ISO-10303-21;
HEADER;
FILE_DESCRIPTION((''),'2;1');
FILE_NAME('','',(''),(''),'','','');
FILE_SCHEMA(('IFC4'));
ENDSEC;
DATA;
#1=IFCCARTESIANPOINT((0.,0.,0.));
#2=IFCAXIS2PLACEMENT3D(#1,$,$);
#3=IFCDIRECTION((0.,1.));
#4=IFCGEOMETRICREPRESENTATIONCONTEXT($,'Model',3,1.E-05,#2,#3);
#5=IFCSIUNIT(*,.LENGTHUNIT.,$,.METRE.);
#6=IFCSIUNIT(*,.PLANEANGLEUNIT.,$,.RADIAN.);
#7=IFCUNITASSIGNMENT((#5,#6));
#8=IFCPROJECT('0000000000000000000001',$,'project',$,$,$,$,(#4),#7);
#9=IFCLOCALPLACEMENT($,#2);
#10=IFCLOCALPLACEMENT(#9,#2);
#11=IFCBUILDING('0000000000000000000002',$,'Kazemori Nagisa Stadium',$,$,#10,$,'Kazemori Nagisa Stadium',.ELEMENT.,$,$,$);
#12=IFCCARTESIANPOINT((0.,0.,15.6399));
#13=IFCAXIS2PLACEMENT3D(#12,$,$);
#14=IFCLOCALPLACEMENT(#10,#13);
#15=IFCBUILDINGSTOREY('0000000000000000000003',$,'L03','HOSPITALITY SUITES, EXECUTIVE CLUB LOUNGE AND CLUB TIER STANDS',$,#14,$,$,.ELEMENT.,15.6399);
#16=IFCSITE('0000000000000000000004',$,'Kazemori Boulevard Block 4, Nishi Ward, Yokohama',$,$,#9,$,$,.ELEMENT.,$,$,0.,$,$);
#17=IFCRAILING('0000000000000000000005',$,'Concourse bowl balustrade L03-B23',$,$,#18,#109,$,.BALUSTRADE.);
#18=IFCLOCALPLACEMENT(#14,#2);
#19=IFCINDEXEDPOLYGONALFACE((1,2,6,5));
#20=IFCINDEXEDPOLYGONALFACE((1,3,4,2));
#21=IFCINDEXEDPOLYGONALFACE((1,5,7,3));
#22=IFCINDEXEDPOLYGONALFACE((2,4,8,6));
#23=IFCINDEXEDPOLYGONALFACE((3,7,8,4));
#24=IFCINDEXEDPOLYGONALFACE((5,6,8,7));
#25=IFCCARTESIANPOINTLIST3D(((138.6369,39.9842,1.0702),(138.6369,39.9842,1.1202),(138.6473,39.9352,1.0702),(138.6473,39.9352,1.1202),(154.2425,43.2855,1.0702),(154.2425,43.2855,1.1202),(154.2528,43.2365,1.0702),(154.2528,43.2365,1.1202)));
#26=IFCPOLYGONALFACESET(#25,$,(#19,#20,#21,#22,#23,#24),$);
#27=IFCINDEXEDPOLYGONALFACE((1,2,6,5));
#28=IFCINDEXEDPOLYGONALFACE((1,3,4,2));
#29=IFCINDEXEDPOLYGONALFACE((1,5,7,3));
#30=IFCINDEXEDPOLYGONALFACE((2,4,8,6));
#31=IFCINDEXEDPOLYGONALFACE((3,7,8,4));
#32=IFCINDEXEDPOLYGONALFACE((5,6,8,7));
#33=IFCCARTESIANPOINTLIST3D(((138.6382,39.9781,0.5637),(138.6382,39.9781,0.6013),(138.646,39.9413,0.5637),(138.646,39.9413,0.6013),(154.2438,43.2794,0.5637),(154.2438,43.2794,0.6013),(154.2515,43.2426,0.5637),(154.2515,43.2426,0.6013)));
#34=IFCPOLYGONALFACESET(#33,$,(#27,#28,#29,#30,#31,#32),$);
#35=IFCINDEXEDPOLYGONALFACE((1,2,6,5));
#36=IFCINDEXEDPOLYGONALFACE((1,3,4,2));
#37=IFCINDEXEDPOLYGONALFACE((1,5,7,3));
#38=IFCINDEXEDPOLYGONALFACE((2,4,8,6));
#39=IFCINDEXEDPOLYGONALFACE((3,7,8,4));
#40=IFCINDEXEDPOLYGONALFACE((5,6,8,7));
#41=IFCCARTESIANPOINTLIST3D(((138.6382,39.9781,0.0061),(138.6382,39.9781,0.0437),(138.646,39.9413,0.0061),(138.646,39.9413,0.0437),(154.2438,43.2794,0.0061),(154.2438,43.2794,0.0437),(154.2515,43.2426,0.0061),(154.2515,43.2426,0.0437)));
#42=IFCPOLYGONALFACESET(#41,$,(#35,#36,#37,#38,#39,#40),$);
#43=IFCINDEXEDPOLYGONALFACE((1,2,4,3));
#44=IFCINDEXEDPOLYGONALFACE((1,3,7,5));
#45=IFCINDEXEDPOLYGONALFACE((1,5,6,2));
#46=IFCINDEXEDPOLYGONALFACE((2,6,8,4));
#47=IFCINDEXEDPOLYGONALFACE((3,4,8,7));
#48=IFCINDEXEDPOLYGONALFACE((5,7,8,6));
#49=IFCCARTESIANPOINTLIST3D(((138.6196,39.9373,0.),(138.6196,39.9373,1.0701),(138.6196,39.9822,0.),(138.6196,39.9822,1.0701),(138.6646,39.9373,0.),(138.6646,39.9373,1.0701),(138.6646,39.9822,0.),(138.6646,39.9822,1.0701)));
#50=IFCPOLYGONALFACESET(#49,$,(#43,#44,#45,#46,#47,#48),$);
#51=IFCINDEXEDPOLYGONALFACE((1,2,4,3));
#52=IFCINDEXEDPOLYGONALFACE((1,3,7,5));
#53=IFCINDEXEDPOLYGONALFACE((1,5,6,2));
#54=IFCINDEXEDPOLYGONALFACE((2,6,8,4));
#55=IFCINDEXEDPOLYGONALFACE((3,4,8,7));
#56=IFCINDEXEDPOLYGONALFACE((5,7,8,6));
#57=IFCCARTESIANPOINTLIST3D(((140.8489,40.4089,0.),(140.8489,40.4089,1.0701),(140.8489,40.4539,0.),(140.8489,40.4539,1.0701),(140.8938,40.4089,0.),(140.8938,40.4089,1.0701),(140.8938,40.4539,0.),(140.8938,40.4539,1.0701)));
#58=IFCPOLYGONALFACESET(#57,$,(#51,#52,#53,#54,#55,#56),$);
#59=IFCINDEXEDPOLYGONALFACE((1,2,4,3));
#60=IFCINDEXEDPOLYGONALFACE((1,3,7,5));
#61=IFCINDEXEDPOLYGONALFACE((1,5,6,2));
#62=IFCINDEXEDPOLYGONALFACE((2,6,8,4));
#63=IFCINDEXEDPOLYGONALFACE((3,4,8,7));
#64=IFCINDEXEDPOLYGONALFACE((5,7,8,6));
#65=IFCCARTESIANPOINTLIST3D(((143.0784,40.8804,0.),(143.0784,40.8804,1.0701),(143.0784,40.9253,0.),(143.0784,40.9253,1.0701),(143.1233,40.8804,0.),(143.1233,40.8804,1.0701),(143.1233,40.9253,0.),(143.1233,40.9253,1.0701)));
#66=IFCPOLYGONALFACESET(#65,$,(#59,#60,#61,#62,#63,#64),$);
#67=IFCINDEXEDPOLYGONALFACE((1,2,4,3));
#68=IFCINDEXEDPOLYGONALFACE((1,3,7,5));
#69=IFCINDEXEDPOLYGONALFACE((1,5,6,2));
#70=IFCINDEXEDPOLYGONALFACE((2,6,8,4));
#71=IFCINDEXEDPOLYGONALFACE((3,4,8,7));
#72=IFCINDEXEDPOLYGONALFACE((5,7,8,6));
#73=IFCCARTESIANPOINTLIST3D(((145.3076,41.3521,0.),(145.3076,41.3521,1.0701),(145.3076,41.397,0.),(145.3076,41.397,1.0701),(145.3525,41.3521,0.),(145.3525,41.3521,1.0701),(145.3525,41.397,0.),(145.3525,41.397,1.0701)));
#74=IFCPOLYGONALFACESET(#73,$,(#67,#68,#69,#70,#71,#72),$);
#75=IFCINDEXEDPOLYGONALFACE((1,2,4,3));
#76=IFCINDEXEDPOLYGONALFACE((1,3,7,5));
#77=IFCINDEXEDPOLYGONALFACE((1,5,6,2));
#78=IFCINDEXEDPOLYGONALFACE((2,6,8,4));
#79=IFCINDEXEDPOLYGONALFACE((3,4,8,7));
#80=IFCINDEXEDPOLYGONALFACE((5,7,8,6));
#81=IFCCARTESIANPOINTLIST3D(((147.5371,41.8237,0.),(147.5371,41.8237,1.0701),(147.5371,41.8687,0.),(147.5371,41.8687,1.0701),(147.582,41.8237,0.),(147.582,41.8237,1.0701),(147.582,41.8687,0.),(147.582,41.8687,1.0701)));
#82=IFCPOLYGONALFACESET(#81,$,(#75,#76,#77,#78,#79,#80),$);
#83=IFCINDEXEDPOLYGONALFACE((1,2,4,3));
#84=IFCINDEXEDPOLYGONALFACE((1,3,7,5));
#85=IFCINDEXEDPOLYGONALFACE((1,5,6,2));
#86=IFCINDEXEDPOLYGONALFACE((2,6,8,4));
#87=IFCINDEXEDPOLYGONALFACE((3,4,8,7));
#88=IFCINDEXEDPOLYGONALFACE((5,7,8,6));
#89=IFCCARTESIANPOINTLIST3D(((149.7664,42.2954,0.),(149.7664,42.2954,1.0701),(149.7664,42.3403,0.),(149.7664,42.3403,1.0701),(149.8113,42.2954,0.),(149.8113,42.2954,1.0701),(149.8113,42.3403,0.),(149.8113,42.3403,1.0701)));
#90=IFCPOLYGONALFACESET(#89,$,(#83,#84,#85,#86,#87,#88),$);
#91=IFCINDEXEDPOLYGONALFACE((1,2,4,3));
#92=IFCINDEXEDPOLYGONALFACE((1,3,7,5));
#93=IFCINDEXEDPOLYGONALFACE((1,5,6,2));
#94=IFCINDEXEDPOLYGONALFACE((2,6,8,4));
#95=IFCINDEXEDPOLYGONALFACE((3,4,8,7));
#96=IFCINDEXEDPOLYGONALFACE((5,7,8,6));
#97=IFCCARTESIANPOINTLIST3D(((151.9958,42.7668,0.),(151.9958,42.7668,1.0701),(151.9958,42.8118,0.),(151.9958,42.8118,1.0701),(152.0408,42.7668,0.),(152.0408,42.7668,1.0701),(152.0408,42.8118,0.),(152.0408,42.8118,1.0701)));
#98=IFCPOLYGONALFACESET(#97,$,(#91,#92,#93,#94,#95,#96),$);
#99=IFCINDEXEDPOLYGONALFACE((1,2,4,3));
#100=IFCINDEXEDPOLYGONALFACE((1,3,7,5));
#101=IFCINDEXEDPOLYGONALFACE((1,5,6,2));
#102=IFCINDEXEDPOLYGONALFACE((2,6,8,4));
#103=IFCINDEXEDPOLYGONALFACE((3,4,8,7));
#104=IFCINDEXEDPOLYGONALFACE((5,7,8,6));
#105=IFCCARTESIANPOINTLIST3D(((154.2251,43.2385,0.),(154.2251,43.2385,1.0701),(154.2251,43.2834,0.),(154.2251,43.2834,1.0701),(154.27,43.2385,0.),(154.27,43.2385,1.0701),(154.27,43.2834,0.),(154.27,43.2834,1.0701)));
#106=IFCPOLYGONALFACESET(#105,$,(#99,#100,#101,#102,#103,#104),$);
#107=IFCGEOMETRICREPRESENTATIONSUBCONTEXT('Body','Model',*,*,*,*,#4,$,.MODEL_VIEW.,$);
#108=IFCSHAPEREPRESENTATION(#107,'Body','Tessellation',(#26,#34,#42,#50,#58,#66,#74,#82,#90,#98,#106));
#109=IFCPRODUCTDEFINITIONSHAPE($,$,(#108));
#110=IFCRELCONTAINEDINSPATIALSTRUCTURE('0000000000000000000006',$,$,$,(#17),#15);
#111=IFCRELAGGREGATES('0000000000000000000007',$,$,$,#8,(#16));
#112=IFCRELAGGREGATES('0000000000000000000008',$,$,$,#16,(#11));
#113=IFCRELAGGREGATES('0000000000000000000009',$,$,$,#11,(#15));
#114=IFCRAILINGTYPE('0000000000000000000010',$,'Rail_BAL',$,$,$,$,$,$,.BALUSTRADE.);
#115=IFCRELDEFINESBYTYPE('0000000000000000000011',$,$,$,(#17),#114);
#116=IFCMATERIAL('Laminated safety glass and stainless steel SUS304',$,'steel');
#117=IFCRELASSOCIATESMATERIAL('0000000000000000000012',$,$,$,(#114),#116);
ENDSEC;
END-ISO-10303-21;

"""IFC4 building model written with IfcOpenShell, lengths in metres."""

from ifc_helpers import new_model, si_unit, direction, frame, origin, origin_2d, place, context, subcontext, project, spatial, rectangle, extrude, material, type_object, element, save


model = new_model("IFC4")

# Units and contexts
model_context = context("Model", 3, precision=1e-05, world=origin(), true_north=direction((0.0, 1.0)))
body_context = subcontext(model_context, "Body", "Model", "MODEL_VIEW")
ifc_project = project(units=[si_unit("LENGTHUNIT", "METRE"), si_unit("PLANEANGLEUNIT", "RADIAN")], contexts=[model_context])

# Site, building, storey
site_placement = place(None, origin())
site = spatial("IfcSite", under=ifc_project, at=site_placement, Name="Kazemori Boulevard Block 4, Nishi Ward, Yokohama", CompositionType="ELEMENT", RefElevation=0.0)
building_placement = place(site_placement, origin())
building = spatial("IfcBuilding", under=site, at=building_placement, Name="Kazemori Nagisa Stadium", LongName="Kazemori Nagisa Stadium", CompositionType="ELEMENT")
storey_placement = place(building_placement, frame((0.0, 0.0, 15.6399)))
storey = spatial("IfcBuildingStorey", under=building, at=storey_placement, Name="L03", Description="HOSPITALITY SUITES, EXECUTIVE CLUB LOUNGE AND CLUB TIER STANDS", CompositionType="ELEMENT", Elevation=15.6399)

# Railing
ifc_material_1 = material(Name="Laminated safety glass and stainless steel SUS304", Category="steel")
railing_type_1 = type_object("IfcRailingType", Name="Rail_BAL", PredefinedType="BALUSTRADE", material=ifc_material_1)
railing_1_placement = place(storey_placement, frame((138.6421, 39.9597, 0.0)))
element("IfcRailing", 1, at=railing_1_placement, inside=storey, type_object=railing_type_1, Name="Concourse bowl balustrade L03-B23", PredefinedType="BALUSTRADE", context=body_context, shape_type="SweptSolid", body=[
    extrude(rectangle(XDim=0.05, YDim=0.05, at=origin_2d()), frame((0.0, 0.0, 1.0952), z_axis=(0.978348, 0.206965, 0.0), x_axis=(-0.206965, 0.978348, 0.0)), (0.0, 0.0, 1.0), 15.9509),
    extrude(rectangle(XDim=0.0376, YDim=0.0376, at=origin_2d()), frame((0.0, 0.0, 0.5825), z_axis=(0.978348, 0.206965, 0.0), x_axis=(-0.206965, 0.978348, 0.0)), (0.0, 0.0, 1.0), 15.9509),
    extrude(rectangle(XDim=0.0376, YDim=0.0376, at=origin_2d()), frame((0.0, 0.0, 0.0249), z_axis=(0.978348, 0.206965, 0.0), x_axis=(-0.206965, 0.978348, 0.0)), (0.0, 0.0, 1.0), 15.9509),
    extrude(rectangle(XDim=0.0449, YDim=0.0449, at=origin_2d()), origin(), (0.0, 0.0, 1.0), 1.0701),
    extrude(rectangle(XDim=0.0449, YDim=0.0449, at=origin_2d()), frame((2.2292, 0.4717, 0.0)), (0.0, 0.0, 1.0), 1.0701),
    extrude(rectangle(XDim=0.0449, YDim=0.0449, at=origin_2d()), frame((4.4587, 0.9431, 0.0)), (0.0, 0.0, 1.0), 1.0701),
    extrude(rectangle(XDim=0.0449, YDim=0.0449, at=origin_2d()), frame((6.688, 1.4148, 0.0)), (0.0, 0.0, 1.0), 1.0701),
    extrude(rectangle(XDim=0.0449, YDim=0.0449, at=origin_2d()), frame((8.9175, 1.8865, 0.0)), (0.0, 0.0, 1.0), 1.0701),
    extrude(rectangle(XDim=0.0449, YDim=0.0449, at=origin_2d()), frame((11.1467, 2.3582, 0.0)), (0.0, 0.0, 1.0), 1.0701),
    extrude(rectangle(XDim=0.0449, YDim=0.0449, at=origin_2d()), frame((13.3762, 2.8296, 0.0)), (0.0, 0.0, 1.0), 1.0701),
    extrude(rectangle(XDim=0.0449, YDim=0.0449, at=origin_2d()), frame((15.6055, 3.3013, 0.0)), (0.0, 0.0, 1.0), 1.0701),
])

save(model, "model.ifc")
